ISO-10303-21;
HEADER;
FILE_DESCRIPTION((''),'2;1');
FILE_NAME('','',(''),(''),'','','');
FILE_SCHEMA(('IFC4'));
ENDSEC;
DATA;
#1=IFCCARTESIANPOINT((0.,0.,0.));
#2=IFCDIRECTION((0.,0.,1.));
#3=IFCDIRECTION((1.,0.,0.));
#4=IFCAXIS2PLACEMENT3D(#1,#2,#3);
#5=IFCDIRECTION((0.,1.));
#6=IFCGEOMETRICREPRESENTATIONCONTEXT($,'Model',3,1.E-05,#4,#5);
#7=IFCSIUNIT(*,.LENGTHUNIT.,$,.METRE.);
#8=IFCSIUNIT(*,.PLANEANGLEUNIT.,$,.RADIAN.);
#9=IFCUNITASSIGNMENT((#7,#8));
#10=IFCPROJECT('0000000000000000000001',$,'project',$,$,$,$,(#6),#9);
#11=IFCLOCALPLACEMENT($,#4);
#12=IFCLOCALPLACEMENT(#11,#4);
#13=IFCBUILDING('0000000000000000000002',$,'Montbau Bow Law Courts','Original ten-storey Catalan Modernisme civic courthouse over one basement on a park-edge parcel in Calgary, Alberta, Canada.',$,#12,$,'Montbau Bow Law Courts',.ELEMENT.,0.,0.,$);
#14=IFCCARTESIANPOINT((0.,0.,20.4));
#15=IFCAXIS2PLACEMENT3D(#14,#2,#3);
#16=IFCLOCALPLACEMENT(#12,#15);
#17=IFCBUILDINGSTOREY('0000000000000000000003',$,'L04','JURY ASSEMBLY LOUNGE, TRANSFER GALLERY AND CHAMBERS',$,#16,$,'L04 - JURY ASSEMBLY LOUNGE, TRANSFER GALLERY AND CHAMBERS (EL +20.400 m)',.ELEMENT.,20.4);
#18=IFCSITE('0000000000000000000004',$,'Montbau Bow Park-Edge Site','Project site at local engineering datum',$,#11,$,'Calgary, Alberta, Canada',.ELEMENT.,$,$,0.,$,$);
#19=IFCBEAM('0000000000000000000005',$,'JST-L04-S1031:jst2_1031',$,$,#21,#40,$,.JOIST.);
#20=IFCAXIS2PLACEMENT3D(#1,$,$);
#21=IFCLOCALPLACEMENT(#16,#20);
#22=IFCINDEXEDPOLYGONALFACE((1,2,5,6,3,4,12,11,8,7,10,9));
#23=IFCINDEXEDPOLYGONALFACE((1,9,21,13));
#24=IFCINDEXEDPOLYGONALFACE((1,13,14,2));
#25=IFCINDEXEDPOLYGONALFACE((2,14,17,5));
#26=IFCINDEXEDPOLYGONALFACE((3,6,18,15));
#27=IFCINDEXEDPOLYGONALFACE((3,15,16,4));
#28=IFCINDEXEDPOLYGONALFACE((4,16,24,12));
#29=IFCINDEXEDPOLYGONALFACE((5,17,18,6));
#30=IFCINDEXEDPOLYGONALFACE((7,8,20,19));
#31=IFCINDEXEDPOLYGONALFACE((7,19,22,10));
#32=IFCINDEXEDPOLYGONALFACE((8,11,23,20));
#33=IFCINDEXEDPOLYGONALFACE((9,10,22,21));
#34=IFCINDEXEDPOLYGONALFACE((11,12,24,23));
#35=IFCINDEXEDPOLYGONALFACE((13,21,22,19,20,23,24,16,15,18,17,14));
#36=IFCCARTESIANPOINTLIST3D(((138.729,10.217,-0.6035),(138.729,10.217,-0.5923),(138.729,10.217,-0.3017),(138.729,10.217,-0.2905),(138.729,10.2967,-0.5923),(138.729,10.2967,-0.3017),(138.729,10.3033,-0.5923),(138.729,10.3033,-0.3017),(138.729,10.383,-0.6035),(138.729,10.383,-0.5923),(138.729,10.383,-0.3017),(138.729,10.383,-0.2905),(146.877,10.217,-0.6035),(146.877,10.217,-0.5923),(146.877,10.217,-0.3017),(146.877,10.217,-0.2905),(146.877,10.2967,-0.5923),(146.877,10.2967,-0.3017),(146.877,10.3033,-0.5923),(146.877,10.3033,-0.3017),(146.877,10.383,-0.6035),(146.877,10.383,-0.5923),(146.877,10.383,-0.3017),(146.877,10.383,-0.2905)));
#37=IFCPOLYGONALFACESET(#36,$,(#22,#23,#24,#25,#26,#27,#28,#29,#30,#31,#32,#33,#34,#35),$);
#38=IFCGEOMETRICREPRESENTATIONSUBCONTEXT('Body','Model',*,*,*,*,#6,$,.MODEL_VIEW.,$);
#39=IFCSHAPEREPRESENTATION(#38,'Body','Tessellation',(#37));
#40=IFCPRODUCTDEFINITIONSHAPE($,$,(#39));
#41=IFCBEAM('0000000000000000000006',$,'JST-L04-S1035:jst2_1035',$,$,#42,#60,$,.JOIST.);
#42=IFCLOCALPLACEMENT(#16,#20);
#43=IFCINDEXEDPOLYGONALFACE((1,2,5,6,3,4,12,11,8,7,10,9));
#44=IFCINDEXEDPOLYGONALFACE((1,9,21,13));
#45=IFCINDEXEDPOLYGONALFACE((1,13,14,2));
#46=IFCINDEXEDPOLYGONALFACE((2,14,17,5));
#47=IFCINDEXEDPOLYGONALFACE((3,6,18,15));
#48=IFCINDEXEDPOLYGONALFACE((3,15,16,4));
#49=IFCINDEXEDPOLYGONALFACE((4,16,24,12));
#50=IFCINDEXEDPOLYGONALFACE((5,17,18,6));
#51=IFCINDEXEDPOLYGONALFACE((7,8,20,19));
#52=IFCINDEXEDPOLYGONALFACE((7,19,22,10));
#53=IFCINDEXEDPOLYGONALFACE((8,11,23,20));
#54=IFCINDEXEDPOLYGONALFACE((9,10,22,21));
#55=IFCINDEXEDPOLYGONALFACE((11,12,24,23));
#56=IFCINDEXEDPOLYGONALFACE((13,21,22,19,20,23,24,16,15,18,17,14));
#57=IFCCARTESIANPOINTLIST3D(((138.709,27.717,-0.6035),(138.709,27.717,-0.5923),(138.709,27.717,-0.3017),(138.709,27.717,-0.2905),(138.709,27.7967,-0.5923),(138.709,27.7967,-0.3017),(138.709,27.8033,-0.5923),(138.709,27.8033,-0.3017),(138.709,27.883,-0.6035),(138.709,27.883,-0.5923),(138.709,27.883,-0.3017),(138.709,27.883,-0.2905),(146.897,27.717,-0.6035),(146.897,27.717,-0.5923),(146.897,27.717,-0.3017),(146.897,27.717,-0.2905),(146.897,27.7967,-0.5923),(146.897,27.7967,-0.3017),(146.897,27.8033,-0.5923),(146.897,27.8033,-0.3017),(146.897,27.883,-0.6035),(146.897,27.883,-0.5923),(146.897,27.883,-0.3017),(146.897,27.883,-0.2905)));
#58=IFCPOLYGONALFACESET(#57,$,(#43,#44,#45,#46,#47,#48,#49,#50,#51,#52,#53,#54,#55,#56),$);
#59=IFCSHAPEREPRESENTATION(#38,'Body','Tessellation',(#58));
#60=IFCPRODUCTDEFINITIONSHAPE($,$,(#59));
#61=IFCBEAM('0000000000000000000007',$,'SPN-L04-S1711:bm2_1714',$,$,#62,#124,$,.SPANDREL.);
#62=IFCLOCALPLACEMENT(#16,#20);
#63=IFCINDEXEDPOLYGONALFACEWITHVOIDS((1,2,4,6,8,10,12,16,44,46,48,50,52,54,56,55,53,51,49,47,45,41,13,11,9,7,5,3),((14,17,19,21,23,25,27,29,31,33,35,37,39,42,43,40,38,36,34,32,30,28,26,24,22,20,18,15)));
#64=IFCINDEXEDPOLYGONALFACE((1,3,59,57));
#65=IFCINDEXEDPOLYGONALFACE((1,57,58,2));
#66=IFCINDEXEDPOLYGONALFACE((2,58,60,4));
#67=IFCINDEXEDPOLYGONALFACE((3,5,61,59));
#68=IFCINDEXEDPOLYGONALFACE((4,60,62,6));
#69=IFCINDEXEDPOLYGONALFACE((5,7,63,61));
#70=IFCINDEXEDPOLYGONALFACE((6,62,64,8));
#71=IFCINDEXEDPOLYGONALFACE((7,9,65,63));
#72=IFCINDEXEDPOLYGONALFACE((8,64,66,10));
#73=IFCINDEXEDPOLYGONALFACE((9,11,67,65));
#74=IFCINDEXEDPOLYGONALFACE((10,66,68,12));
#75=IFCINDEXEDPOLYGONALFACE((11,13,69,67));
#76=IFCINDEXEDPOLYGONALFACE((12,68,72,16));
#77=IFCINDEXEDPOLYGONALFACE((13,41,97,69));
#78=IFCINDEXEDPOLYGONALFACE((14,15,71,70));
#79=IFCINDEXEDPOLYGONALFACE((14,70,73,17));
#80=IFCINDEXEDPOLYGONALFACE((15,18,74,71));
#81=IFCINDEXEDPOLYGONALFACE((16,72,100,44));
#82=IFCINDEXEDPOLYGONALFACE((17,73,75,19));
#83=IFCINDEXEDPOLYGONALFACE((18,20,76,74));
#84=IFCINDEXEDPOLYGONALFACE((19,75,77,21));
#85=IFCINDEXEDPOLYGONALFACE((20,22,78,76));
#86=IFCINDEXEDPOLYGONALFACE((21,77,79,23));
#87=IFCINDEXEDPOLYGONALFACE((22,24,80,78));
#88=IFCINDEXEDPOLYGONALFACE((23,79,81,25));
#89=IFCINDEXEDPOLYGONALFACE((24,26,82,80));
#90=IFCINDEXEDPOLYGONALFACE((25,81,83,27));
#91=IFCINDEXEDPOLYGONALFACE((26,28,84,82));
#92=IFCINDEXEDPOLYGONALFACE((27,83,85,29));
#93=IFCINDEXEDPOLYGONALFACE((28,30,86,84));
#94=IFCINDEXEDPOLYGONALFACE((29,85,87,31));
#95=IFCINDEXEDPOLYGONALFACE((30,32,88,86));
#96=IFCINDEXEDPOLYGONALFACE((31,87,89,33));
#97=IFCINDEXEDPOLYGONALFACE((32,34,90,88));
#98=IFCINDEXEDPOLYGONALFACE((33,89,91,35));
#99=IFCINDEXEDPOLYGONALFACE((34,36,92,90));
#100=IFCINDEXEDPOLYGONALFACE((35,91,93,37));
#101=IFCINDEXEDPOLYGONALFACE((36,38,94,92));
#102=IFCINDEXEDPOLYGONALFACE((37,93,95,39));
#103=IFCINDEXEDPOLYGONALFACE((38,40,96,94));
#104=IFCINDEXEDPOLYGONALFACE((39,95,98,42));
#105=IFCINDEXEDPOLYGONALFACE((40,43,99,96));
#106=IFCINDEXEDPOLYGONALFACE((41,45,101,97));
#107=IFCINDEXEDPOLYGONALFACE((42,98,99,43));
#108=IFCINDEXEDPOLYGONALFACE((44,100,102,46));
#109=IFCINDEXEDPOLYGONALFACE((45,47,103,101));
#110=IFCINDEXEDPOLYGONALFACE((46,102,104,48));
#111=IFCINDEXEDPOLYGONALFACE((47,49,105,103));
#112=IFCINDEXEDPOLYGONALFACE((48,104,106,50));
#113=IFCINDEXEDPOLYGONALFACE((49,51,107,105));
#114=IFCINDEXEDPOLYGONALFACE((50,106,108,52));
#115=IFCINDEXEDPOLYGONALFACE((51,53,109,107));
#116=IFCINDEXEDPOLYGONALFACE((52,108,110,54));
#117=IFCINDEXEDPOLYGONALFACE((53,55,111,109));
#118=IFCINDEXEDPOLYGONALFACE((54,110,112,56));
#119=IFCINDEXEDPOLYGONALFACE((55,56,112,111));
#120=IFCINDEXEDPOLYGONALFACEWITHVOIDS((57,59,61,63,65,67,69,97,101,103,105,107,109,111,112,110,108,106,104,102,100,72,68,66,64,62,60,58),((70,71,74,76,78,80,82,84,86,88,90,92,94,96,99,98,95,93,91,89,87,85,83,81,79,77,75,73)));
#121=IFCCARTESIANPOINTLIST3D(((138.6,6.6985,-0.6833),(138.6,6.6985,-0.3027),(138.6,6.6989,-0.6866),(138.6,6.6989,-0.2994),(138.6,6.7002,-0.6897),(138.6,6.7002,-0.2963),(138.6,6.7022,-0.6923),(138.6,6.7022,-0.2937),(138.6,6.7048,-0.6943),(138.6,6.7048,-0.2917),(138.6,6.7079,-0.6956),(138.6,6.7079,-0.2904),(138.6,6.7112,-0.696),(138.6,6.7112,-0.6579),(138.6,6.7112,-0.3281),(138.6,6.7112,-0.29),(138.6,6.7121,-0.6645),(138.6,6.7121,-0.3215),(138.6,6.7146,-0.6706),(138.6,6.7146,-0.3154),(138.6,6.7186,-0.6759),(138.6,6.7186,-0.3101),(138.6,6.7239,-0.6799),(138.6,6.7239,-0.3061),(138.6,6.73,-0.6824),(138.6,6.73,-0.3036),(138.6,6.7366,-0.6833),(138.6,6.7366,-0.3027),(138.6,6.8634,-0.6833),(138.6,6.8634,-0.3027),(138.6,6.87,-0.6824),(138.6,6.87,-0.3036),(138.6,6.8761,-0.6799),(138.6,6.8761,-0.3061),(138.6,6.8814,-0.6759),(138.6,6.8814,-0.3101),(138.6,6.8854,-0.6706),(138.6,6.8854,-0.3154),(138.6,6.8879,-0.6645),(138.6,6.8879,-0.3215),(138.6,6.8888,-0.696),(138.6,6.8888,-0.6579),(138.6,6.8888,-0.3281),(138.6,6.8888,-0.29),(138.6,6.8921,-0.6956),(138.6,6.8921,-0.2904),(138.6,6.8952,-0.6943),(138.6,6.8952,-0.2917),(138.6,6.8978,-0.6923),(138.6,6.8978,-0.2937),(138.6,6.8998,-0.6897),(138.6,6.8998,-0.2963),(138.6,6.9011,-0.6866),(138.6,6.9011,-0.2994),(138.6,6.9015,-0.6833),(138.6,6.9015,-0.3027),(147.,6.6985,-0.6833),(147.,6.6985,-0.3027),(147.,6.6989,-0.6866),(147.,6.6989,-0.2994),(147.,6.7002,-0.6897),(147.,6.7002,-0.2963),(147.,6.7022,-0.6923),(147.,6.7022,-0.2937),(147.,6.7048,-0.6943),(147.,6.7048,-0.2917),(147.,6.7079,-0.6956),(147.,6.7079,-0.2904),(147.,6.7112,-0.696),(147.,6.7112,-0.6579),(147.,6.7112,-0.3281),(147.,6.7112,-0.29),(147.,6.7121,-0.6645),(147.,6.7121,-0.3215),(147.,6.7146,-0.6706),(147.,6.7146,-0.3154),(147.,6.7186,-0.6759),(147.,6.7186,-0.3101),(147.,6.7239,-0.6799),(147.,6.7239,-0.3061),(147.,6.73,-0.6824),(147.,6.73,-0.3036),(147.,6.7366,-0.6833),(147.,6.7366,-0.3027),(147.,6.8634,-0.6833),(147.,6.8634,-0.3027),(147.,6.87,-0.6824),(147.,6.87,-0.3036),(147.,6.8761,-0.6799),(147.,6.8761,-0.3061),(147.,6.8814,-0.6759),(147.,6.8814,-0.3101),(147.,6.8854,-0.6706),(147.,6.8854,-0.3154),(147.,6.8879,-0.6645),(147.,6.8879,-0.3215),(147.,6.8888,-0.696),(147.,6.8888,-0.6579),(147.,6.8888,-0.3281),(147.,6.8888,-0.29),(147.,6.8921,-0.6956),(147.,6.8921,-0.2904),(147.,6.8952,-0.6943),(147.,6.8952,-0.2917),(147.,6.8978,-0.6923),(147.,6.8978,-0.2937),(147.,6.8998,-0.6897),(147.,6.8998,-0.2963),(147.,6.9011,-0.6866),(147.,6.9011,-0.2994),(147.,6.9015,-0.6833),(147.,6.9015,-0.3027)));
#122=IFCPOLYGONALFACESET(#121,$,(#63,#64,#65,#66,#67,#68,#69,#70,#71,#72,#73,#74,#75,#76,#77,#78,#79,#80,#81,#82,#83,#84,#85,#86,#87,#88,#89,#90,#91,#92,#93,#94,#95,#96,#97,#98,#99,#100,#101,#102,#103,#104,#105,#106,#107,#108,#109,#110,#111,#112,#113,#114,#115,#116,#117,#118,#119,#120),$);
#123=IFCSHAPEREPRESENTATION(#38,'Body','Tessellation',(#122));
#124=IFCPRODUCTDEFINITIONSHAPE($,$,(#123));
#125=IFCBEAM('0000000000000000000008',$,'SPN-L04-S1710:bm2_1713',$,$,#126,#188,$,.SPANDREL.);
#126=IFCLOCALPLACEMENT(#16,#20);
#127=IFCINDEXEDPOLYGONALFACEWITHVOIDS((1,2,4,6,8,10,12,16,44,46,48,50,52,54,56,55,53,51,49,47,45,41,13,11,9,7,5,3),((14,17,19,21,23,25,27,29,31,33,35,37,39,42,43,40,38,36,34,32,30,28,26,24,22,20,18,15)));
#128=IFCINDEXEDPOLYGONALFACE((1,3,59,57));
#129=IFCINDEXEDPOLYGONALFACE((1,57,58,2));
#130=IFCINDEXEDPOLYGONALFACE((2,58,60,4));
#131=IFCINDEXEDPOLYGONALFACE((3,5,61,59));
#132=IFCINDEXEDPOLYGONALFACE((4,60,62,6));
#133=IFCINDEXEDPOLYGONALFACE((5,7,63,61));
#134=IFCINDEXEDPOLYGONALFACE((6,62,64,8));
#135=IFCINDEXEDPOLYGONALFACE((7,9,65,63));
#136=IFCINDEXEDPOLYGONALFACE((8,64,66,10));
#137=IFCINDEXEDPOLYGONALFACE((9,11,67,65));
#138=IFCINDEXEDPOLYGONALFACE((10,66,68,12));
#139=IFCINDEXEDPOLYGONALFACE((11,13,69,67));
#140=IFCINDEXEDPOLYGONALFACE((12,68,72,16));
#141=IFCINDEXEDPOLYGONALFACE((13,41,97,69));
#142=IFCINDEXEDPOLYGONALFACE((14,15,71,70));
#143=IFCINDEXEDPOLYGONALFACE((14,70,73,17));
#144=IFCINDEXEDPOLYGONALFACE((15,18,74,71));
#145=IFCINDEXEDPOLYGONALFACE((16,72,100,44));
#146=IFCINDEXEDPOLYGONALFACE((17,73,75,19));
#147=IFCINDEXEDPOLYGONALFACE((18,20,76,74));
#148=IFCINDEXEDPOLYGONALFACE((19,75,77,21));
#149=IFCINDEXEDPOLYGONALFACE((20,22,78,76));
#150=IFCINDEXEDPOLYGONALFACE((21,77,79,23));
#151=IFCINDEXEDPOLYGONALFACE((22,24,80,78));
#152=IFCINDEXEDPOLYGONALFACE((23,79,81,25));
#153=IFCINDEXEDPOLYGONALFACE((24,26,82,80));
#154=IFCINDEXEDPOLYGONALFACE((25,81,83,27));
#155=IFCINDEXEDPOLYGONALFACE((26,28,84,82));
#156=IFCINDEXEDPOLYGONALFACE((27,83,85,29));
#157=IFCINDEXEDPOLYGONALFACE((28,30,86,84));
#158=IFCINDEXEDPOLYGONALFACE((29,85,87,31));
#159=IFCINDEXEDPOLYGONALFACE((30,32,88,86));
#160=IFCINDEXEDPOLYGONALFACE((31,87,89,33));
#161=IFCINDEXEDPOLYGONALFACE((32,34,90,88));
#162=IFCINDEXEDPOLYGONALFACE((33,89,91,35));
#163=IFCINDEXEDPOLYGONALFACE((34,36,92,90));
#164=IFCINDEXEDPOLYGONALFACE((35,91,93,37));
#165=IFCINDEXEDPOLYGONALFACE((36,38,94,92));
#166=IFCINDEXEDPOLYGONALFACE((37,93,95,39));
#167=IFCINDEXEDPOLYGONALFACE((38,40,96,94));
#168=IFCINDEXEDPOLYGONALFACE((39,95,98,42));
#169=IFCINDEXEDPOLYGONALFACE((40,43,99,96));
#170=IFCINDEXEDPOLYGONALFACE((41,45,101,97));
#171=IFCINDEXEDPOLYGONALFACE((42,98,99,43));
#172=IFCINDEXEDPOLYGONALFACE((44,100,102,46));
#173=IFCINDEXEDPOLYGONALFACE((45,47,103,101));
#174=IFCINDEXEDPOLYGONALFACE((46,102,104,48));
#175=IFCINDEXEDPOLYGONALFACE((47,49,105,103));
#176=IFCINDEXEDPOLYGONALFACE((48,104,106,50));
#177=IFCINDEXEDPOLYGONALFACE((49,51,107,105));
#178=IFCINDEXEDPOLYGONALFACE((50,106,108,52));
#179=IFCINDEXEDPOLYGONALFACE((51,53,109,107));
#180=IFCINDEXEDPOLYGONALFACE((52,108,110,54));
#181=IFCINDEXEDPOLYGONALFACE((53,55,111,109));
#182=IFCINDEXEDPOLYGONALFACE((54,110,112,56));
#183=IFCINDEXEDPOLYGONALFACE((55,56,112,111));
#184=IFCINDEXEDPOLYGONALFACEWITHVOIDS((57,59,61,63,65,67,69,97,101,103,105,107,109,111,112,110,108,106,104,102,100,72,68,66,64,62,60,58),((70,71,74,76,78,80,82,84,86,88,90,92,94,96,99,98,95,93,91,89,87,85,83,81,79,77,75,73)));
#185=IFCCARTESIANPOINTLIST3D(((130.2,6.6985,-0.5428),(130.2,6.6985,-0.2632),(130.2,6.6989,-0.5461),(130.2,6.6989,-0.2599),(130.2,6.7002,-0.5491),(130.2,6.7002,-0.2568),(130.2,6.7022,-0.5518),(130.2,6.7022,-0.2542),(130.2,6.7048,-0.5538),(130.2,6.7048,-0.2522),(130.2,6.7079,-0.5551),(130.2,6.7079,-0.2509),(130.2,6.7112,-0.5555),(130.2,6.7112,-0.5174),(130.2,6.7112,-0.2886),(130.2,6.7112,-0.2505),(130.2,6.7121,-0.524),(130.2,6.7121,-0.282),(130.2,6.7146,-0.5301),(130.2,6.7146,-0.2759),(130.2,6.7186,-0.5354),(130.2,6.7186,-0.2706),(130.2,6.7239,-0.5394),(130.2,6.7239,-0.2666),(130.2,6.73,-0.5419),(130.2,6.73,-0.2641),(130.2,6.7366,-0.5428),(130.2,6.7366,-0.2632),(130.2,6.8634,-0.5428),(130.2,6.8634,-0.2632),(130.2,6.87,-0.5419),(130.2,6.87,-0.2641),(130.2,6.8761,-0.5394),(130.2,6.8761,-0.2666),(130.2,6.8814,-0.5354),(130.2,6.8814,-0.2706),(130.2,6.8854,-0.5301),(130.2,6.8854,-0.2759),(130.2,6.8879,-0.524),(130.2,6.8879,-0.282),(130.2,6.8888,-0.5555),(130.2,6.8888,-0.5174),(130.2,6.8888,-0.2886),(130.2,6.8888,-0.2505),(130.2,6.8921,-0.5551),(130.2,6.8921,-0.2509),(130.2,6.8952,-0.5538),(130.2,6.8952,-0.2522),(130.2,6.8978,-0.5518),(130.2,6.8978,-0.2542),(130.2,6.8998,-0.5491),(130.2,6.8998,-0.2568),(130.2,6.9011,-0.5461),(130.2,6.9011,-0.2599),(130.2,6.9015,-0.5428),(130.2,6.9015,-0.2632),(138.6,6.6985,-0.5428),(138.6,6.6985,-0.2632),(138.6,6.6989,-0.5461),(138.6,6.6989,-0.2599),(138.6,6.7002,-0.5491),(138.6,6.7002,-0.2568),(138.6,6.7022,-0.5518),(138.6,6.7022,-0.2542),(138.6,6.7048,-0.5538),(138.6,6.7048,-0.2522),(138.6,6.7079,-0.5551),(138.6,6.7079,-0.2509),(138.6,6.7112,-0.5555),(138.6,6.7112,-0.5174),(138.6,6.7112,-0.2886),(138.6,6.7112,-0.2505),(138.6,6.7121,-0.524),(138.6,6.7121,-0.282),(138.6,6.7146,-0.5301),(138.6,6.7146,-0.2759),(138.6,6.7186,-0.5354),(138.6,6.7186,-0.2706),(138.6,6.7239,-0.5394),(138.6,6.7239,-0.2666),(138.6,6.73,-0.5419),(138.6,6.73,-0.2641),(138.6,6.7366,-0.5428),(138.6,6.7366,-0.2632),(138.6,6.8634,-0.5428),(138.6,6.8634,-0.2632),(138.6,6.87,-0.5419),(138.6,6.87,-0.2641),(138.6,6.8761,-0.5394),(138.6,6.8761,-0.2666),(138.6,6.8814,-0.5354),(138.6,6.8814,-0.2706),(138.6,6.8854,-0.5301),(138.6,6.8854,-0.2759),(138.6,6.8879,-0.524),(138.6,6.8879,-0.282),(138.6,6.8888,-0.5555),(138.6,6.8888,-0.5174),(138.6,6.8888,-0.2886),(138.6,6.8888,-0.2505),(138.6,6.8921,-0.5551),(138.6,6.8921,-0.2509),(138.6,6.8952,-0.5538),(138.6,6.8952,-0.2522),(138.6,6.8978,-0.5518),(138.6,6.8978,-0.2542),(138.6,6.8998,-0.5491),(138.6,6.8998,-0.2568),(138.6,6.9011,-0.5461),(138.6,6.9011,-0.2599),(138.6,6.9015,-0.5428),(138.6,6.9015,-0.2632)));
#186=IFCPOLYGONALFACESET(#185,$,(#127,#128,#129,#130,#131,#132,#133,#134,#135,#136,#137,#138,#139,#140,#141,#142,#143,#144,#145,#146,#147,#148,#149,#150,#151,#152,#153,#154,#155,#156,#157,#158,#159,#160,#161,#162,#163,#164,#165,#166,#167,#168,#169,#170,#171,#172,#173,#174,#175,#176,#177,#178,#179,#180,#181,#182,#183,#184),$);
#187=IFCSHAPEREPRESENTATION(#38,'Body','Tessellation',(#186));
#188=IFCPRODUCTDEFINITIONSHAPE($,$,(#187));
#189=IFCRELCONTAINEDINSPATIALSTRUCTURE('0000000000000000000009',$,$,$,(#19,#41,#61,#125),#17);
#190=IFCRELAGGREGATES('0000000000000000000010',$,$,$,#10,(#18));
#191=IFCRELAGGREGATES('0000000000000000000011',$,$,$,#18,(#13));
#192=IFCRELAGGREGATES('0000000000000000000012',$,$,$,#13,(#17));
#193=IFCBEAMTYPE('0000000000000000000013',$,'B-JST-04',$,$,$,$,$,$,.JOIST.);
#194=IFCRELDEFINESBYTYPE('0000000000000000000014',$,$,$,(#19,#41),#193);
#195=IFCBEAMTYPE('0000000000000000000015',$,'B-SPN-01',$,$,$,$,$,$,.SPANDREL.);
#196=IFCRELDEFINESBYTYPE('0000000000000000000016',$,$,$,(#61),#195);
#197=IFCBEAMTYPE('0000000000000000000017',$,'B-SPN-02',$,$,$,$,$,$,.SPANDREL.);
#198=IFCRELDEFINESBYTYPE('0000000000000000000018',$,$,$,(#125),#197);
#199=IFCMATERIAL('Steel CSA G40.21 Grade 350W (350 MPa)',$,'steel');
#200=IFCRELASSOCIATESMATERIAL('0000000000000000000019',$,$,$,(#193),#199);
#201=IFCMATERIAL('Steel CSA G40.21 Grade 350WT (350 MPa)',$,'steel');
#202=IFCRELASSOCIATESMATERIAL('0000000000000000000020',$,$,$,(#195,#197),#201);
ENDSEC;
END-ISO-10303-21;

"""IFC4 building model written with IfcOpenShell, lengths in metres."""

from ifc_helpers import new_model, si_unit, direction, frame, origin_with_axes, origin_2d_with_axis, place, context, subcontext, project, spatial, hollow_rectangle, i_section, extrude, material, material_profile, profile_set, type_object, element, save


model = new_model("IFC4")

# Units and contexts
model_context = context("Model", 3, precision=1e-05, world=origin_with_axes(), true_north=direction((0.0, 1.0)))
body_context = subcontext(model_context, "Body", "Model", "MODEL_VIEW")
ifc_project = project(units=[si_unit("LENGTHUNIT", "METRE"), si_unit("PLANEANGLEUNIT", "RADIAN")], contexts=[model_context])

# Site, building, storey
site_placement = place(None, origin_with_axes())
site = spatial("IfcSite", under=ifc_project, at=site_placement, Name="Montbau Bow Park-Edge Site", Description="Project site at local engineering datum", LongName="Calgary, Alberta, Canada", CompositionType="ELEMENT", RefElevation=0.0)
building_placement = place(site_placement, origin_with_axes())
building = spatial("IfcBuilding", under=site, at=building_placement, Name="Montbau Bow Law Courts", Description="Original ten-storey Catalan Modernisme civic courthouse over one basement on a park-edge parcel in Calgary, Alberta, Canada.", LongName="Montbau Bow Law Courts", CompositionType="ELEMENT", ElevationOfRefHeight=0.0, ElevationOfTerrain=0.0)
storey_placement = place(building_placement, frame((0.0, 0.0, 20.4), z_axis=(0.0, 0.0, 1.0), x_axis=(1.0, 0.0, 0.0)))
storey = spatial("IfcBuildingStorey", under=building, at=storey_placement, Name="L04", Description="JURY ASSEMBLY LOUNGE, TRANSFER GALLERY AND CHAMBERS", LongName="L04 - JURY ASSEMBLY LOUNGE, TRANSFER GALLERY AND CHAMBERS (EL +20.400 m)", CompositionType="ELEMENT", Elevation=20.4)

# Beams
ifc_material_1 = material(Name="Steel CSA G40.21 Grade 350W (350 MPa)", Category="steel")
ifc_material_profile_1 = material_profile(ifc_material_1, i_section(OverallWidth=0.166, OverallDepth=0.313, WebThickness=0.0066, FlangeThickness=0.0112, at=origin_2d_with_axis()), Name="W310X45", Category="Main", Priority=0)
ifc_profile_set_1 = profile_set([ifc_material_profile_1], Name="Steel CSA G40.21 Grade 350W (350 MPa)")
beam_type_1 = type_object("IfcBeamType", Name="B-JST-04", PredefinedType="JOIST", material=ifc_profile_set_1)
for number, where, z_axis, x_axis, name in (
    (1, (138.729, 10.3, 19.953), (1.0, 0.0, 0.0), (0.0, 1.0, 0.0), "JST-L04-S1031:jst2_1031"),
):
    element("IfcBeam", number, at=place(None, frame(where, z_axis=z_axis, x_axis=x_axis)), inside=storey, type_object=beam_type_1, Name=name, PredefinedType="JOIST", context=body_context, shape_type="SweptSolid", body=[
        extrude(i_section(OverallWidth=0.166, OverallDepth=0.313, WebThickness=0.0066, FlangeThickness=0.0112, at=origin_2d_with_axis()), origin_with_axes(), (0.0, 0.0, 1.0), 8.148),
    ])
beam_1_placement = place(None, frame((138.709, 27.8, 19.953), z_axis=(1.0, 0.0, 0.0), x_axis=(0.0, 1.0, 0.0)))
element("IfcBeam", 2, at=beam_1_placement, inside=storey, type_object=beam_type_1, Name="JST-L04-S1035:jst2_1035", PredefinedType="JOIST", context=body_context, shape_type="SweptSolid", body=[
    extrude(i_section(OverallWidth=0.166, OverallDepth=0.313, WebThickness=0.0066, FlangeThickness=0.0112, at=origin_2d_with_axis()), origin_with_axes(), (0.0, 0.0, 1.0), 8.188),
])
ifc_material_2 = material(Name="Steel CSA G40.21 Grade 350WT (350 MPa)", Category="steel")
ifc_material_profile_2 = material_profile(ifc_material_2, hollow_rectangle(XDim=0.203, YDim=0.406, WallThickness=0.0127, InnerFilletRadius=0.0254, OuterFilletRadius=0.0127, at=origin_2d_with_axis()), Name="HSS406X203X13", Category="Main", Priority=0)
ifc_profile_set_2 = profile_set([ifc_material_profile_2], Name="Steel CSA G40.21 Grade 350WT (350 MPa)")
beam_type_2 = type_object("IfcBeamType", Name="B-SPN-01", PredefinedType="SPANDREL", material=ifc_profile_set_2)
beam_2_placement = place(None, frame((138.6, 6.8, 19.907), z_axis=(1.0, 0.0, 0.0), x_axis=(0.0, 1.0, 0.0)))
element("IfcBeam", 3, at=beam_2_placement, inside=storey, type_object=beam_type_2, Name="SPN-L04-S1711:bm2_1714", PredefinedType="SPANDREL", context=body_context, shape_type="SweptSolid", body=[
    extrude(hollow_rectangle(XDim=0.203, YDim=0.406, WallThickness=0.0127, InnerFilletRadius=0.0254, OuterFilletRadius=0.0127, at=origin_2d_with_axis()), origin_with_axes(), (0.0, 0.0, 1.0), 8.4),
])
ifc_material_profile_3 = material_profile(ifc_material_2, hollow_rectangle(XDim=0.203, YDim=0.305, WallThickness=0.0127, InnerFilletRadius=0.0254, OuterFilletRadius=0.0127, at=origin_2d_with_axis()), Name="HSS305X203X13", Category="Main", Priority=0)
ifc_profile_set_3 = profile_set([ifc_material_profile_3], Name="Steel CSA G40.21 Grade 350WT (350 MPa)")
beam_type_3 = type_object("IfcBeamType", Name="B-SPN-02", PredefinedType="SPANDREL", material=ifc_profile_set_3)
beam_3_placement = place(None, frame((130.2, 6.8, 19.997), z_axis=(1.0, 0.0, 0.0), x_axis=(0.0, 1.0, 0.0)))
element("IfcBeam", 4, at=beam_3_placement, inside=storey, type_object=beam_type_3, Name="SPN-L04-S1710:bm2_1713", PredefinedType="SPANDREL", context=body_context, shape_type="SweptSolid", body=[
    extrude(hollow_rectangle(XDim=0.203, YDim=0.305, WallThickness=0.0127, InnerFilletRadius=0.0254, OuterFilletRadius=0.0127, at=origin_2d_with_axis()), origin_with_axes(), (0.0, 0.0, 1.0), 8.4),
])

save(model, "model.ifc")
